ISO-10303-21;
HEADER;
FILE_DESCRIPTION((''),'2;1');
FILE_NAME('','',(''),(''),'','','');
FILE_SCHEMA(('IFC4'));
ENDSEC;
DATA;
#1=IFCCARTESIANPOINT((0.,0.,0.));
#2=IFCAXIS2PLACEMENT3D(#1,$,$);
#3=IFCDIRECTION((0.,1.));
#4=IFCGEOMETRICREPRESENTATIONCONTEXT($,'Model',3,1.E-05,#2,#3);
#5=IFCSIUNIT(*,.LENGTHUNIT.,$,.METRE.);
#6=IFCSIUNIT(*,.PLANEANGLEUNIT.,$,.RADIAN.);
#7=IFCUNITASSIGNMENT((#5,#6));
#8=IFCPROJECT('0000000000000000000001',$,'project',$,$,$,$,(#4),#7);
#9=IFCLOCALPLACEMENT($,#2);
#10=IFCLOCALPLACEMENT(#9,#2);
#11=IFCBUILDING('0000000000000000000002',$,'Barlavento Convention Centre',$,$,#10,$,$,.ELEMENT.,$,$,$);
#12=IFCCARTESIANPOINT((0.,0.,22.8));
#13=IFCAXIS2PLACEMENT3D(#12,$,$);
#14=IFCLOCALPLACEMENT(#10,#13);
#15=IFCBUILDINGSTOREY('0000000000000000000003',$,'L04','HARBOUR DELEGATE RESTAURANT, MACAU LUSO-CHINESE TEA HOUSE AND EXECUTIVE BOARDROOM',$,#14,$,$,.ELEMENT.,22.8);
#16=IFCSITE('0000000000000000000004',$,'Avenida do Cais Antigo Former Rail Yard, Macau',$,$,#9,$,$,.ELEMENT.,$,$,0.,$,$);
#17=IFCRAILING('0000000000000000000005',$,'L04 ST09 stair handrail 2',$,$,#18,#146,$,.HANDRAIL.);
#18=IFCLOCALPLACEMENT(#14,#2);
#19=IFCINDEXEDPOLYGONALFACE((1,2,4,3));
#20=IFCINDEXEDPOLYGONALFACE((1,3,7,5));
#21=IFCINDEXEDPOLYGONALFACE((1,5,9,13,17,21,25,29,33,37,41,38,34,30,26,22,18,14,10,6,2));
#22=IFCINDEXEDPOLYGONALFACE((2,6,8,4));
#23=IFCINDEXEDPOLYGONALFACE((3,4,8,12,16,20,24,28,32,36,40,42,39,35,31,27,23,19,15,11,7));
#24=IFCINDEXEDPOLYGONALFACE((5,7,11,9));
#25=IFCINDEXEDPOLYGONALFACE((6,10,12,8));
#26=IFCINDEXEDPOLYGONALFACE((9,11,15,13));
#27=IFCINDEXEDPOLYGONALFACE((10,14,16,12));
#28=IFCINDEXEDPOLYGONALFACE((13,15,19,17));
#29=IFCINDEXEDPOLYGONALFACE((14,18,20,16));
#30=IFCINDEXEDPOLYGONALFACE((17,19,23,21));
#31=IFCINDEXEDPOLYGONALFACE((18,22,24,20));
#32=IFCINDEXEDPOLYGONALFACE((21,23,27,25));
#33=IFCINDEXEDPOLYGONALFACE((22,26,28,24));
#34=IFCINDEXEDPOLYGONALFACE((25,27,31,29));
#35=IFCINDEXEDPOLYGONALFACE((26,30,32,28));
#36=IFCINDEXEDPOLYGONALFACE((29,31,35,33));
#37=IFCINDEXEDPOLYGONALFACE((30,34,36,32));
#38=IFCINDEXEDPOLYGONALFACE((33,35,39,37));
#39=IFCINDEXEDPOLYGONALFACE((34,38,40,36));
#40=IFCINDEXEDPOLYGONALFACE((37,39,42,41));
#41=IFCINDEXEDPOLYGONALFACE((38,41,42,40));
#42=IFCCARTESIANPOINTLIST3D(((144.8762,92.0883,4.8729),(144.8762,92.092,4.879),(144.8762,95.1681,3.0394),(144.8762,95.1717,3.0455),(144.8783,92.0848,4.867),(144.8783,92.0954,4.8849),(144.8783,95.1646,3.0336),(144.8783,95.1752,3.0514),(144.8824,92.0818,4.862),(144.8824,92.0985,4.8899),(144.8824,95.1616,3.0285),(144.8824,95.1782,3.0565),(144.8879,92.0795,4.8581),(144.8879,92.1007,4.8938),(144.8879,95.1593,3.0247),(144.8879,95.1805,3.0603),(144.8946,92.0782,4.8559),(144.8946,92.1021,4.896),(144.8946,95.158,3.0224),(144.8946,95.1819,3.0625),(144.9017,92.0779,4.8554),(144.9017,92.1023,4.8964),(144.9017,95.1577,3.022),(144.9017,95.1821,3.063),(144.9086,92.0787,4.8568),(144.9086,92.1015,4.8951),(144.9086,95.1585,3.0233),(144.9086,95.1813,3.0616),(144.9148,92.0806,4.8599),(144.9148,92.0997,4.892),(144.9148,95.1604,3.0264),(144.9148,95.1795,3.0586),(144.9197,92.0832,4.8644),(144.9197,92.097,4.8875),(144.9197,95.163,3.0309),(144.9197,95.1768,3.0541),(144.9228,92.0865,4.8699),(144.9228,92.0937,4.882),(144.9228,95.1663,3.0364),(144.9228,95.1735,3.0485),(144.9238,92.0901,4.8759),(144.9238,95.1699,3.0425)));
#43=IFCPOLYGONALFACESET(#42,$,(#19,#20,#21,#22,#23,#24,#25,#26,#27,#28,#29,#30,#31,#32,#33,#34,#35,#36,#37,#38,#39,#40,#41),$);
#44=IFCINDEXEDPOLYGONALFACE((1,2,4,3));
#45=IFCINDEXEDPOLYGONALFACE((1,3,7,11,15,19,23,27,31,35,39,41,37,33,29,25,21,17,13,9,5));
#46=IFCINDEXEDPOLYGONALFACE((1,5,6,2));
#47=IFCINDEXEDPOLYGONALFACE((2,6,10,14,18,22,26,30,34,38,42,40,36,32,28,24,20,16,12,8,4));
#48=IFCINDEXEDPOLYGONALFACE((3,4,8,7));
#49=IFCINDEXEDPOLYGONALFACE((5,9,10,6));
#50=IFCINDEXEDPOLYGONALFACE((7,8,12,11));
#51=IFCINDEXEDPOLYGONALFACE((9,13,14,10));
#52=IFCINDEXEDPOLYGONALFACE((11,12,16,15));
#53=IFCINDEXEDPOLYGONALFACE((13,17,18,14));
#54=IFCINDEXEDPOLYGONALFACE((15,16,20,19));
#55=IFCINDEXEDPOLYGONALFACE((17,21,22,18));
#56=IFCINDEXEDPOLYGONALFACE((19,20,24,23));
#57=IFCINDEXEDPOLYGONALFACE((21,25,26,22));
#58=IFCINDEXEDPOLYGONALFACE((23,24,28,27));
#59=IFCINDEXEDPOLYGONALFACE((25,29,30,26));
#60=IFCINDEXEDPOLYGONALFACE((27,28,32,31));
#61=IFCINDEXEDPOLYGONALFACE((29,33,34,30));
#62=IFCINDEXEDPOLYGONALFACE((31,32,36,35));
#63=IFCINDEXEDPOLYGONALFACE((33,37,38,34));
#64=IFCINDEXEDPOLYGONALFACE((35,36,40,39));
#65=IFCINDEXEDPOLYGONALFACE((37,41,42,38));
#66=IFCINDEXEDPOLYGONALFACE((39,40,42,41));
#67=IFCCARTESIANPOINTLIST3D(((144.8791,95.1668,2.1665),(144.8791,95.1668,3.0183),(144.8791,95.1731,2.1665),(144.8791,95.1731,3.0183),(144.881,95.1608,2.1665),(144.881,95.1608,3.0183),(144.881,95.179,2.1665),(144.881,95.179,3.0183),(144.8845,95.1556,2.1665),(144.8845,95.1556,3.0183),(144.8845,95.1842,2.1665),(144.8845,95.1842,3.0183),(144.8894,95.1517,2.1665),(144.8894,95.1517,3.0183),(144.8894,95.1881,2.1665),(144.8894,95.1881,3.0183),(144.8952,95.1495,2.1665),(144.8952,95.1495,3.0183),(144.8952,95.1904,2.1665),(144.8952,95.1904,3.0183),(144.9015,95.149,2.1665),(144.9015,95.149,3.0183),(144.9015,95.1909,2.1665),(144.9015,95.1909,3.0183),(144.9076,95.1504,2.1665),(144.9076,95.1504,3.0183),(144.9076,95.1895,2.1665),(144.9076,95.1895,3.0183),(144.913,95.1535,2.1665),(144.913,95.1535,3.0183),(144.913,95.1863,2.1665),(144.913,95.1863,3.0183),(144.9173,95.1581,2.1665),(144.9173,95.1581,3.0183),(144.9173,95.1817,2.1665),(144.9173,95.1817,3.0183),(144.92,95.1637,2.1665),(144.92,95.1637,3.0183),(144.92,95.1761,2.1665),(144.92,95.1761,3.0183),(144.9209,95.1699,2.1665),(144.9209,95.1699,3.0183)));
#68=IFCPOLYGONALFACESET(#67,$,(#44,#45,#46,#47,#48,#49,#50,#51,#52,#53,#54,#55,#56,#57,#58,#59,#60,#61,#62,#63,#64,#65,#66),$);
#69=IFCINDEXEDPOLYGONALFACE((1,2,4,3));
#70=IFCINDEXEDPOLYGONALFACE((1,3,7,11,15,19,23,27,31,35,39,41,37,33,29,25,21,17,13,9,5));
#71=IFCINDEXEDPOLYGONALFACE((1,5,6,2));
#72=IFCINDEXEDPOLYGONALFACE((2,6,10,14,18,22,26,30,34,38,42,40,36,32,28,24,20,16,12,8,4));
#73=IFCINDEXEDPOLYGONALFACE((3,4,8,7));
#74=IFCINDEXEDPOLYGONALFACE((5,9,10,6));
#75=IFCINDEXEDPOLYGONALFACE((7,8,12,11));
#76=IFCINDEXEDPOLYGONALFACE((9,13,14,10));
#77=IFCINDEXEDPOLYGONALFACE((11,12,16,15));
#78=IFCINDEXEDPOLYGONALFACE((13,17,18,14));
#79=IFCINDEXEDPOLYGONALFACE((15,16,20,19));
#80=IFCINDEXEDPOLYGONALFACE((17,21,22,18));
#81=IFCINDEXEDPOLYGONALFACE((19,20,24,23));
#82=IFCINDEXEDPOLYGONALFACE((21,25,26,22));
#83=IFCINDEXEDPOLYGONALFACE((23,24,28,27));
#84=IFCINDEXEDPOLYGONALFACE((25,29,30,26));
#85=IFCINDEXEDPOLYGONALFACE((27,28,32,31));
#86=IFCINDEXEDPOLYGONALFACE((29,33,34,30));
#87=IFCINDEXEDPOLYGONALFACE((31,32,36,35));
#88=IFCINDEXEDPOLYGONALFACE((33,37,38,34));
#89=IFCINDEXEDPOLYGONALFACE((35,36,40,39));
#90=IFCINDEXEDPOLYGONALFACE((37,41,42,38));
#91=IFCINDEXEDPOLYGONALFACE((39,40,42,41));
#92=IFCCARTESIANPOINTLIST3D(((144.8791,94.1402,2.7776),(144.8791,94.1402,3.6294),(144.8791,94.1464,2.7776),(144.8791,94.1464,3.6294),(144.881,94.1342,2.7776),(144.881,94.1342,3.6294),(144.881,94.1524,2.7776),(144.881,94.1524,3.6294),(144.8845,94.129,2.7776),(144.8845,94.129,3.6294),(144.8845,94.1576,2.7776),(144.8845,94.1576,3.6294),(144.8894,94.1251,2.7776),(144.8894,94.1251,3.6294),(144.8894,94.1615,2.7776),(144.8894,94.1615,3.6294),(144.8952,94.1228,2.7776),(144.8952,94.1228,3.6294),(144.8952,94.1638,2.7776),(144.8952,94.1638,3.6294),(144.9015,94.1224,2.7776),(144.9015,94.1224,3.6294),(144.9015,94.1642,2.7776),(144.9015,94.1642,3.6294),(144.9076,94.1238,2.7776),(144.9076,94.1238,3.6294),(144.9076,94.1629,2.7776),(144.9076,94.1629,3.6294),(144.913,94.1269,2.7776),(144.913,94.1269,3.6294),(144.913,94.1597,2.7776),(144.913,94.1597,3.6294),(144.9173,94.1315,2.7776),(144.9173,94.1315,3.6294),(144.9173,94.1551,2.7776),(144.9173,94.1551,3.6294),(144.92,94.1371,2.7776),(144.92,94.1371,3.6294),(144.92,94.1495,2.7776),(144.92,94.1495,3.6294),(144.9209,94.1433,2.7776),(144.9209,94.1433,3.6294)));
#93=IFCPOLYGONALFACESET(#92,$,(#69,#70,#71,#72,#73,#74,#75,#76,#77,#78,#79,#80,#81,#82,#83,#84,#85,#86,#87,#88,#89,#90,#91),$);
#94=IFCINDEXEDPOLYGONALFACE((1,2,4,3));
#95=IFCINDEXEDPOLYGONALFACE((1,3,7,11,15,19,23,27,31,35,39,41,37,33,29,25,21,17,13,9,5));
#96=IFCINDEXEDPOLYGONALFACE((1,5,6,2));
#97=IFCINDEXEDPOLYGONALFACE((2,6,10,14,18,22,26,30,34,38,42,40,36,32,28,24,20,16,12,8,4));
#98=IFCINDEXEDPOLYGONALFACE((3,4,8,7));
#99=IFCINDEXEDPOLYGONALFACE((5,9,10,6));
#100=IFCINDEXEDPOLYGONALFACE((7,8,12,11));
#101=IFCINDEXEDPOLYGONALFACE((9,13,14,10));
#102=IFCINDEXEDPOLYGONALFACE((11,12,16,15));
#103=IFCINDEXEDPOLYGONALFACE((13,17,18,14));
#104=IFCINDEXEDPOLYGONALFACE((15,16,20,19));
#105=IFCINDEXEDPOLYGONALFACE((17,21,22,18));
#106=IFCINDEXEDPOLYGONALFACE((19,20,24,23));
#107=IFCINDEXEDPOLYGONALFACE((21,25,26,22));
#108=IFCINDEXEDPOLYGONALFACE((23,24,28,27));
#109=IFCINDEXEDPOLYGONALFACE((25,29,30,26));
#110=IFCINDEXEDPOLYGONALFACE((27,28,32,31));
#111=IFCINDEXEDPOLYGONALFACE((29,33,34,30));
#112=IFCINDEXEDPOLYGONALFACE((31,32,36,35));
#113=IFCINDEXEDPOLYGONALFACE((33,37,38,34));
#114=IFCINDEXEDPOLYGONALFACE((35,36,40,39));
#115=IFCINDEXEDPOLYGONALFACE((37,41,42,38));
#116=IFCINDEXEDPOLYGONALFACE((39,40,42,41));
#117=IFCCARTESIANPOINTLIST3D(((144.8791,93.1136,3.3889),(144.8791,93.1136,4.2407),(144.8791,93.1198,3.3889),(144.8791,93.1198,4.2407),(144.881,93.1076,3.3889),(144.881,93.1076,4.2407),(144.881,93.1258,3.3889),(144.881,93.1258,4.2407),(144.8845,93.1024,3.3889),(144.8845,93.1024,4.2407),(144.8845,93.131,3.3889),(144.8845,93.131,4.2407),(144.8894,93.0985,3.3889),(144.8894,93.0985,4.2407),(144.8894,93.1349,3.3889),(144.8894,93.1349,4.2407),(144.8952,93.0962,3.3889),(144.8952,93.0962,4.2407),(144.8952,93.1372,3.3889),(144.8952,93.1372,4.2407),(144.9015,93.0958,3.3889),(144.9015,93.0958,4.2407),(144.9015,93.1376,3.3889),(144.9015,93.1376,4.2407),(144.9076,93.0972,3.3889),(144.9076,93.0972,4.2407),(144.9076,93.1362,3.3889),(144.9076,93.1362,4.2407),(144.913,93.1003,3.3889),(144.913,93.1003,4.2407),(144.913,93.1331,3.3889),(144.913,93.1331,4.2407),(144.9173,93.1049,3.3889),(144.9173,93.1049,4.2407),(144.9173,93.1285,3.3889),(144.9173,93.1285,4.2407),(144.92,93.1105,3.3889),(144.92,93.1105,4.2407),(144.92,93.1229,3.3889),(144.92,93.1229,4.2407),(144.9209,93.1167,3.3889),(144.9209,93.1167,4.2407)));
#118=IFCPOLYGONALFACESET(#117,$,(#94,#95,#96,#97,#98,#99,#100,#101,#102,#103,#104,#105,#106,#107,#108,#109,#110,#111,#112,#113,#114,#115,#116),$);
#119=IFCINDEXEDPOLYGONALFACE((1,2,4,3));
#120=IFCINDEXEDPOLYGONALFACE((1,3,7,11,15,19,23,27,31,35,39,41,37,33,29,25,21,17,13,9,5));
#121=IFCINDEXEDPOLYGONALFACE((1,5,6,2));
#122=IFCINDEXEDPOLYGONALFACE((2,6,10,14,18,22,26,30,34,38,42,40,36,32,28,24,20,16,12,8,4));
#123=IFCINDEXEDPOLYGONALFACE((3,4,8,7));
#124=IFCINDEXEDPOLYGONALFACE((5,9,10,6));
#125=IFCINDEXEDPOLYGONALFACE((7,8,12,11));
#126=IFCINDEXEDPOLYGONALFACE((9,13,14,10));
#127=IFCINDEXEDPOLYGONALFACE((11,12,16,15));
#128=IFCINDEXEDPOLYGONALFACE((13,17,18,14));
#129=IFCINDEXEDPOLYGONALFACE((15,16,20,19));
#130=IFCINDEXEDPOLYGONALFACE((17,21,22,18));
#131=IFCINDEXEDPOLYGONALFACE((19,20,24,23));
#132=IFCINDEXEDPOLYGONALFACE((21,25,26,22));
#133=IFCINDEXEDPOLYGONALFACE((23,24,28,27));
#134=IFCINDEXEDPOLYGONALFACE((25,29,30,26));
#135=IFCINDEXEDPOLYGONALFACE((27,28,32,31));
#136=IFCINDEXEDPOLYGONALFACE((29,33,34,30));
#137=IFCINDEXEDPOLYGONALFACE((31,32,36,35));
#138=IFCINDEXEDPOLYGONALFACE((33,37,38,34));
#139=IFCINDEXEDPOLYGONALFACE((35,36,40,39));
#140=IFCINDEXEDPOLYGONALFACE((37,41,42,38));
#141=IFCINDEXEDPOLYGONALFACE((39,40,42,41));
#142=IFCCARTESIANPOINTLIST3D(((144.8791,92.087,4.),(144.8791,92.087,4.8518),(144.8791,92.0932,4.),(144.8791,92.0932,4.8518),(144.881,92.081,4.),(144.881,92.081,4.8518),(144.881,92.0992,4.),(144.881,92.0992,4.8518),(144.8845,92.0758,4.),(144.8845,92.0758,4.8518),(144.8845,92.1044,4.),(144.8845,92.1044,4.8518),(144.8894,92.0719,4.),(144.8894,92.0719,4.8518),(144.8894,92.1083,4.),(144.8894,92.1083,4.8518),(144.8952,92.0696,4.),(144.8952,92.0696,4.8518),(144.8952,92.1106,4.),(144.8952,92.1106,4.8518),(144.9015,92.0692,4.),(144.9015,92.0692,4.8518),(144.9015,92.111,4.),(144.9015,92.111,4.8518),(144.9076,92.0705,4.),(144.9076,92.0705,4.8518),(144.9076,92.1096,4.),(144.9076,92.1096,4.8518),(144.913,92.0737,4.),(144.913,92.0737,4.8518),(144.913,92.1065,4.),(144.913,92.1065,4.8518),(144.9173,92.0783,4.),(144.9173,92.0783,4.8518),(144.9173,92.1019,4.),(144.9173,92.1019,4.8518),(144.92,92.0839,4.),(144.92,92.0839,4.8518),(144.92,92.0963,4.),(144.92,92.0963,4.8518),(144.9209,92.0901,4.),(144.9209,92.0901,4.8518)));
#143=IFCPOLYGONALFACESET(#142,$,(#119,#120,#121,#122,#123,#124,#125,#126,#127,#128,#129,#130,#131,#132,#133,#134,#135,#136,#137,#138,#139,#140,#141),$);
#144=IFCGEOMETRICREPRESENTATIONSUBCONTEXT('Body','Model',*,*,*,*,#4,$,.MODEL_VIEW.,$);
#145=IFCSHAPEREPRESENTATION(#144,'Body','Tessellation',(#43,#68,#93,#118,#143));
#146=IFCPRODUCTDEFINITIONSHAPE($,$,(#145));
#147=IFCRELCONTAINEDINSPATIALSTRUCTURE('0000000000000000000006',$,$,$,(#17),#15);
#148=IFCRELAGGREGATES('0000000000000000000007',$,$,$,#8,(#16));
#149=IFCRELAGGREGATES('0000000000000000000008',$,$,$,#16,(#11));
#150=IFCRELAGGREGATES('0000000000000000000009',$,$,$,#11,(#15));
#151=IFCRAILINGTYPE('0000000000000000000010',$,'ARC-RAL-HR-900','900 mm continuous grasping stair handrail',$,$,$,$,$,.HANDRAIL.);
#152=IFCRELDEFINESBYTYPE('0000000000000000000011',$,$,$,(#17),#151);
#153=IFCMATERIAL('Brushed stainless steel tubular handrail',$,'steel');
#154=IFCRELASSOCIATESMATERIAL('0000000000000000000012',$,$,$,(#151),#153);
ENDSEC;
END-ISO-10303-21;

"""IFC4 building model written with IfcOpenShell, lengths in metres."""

from ifc_helpers import new_model, si_unit, direction, frame, origin, origin_2d, place, context, subcontext, project, spatial, circle, extrude, material, type_object, element, save


model = new_model("IFC4")

# Units and contexts
model_context = context("Model", 3, precision=1e-05, world=origin(), true_north=direction((0.0, 1.0)))
body_context = subcontext(model_context, "Body", "Model", "MODEL_VIEW")
ifc_project = project(units=[si_unit("LENGTHUNIT", "METRE"), si_unit("PLANEANGLEUNIT", "RADIAN")], contexts=[model_context])

# Site, building, storey
site_placement = place(None, origin())
site = spatial("IfcSite", under=ifc_project, at=site_placement, Name="Avenida do Cais Antigo Former Rail Yard, Macau", CompositionType="ELEMENT", RefElevation=0.0)
building_placement = place(site_placement, origin())
building = spatial("IfcBuilding", under=site, at=building_placement, Name="Barlavento Convention Centre", CompositionType="ELEMENT")
storey_placement = place(building_placement, frame((0.0, 0.0, 22.8)))
storey = spatial("IfcBuildingStorey", under=building, at=storey_placement, Name="L04", Description="HARBOUR DELEGATE RESTAURANT, MACAU LUSO-CHINESE TEA HOUSE AND EXECUTIVE BOARDROOM", CompositionType="ELEMENT", Elevation=22.8)

# Railing
ifc_material_1 = material(Name="Brushed stainless steel tubular handrail", Category="steel")
railing_type_1 = type_object("IfcRailingType", Name="ARC-RAL-HR-900", Description="900 mm continuous grasping stair handrail", PredefinedType="HANDRAIL", material=ifc_material_1)
railing_1_placement = place(storey_placement, frame((144.8999, 95.1699, 2.1665)))
element("IfcRailing", 1, at=railing_1_placement, inside=storey, type_object=railing_type_1, Name="L04 ST09 stair handrail 2", PredefinedType="HANDRAIL", context=body_context, shape_type="SweptSolid", body=[
    extrude(circle(Radius=0.0239, at=origin_2d()), frame((0.0, 0.0, 0.876), z_axis=(0.0, -0.859261, 0.511538), x_axis=(1.0, 0.0, 0.0)), (0.0, 0.0, 1.0), 3.5842),
    extrude(circle(Radius=0.021, at=origin_2d()), origin(), (0.0, 0.0, 1.0), 0.8518),
    extrude(circle(Radius=0.021, at=origin_2d()), frame((0.0, -1.0266, 0.6111)), (0.0, 0.0, 1.0), 0.8518),
    extrude(circle(Radius=0.021, at=origin_2d()), frame((0.0, -2.0532, 1.2224)), (0.0, 0.0, 1.0), 0.8518),
    extrude(circle(Radius=0.021, at=origin_2d()), frame((0.0, -3.0798, 1.8335)), (0.0, 0.0, 1.0), 0.8518),
])

save(model, "model.ifc")
